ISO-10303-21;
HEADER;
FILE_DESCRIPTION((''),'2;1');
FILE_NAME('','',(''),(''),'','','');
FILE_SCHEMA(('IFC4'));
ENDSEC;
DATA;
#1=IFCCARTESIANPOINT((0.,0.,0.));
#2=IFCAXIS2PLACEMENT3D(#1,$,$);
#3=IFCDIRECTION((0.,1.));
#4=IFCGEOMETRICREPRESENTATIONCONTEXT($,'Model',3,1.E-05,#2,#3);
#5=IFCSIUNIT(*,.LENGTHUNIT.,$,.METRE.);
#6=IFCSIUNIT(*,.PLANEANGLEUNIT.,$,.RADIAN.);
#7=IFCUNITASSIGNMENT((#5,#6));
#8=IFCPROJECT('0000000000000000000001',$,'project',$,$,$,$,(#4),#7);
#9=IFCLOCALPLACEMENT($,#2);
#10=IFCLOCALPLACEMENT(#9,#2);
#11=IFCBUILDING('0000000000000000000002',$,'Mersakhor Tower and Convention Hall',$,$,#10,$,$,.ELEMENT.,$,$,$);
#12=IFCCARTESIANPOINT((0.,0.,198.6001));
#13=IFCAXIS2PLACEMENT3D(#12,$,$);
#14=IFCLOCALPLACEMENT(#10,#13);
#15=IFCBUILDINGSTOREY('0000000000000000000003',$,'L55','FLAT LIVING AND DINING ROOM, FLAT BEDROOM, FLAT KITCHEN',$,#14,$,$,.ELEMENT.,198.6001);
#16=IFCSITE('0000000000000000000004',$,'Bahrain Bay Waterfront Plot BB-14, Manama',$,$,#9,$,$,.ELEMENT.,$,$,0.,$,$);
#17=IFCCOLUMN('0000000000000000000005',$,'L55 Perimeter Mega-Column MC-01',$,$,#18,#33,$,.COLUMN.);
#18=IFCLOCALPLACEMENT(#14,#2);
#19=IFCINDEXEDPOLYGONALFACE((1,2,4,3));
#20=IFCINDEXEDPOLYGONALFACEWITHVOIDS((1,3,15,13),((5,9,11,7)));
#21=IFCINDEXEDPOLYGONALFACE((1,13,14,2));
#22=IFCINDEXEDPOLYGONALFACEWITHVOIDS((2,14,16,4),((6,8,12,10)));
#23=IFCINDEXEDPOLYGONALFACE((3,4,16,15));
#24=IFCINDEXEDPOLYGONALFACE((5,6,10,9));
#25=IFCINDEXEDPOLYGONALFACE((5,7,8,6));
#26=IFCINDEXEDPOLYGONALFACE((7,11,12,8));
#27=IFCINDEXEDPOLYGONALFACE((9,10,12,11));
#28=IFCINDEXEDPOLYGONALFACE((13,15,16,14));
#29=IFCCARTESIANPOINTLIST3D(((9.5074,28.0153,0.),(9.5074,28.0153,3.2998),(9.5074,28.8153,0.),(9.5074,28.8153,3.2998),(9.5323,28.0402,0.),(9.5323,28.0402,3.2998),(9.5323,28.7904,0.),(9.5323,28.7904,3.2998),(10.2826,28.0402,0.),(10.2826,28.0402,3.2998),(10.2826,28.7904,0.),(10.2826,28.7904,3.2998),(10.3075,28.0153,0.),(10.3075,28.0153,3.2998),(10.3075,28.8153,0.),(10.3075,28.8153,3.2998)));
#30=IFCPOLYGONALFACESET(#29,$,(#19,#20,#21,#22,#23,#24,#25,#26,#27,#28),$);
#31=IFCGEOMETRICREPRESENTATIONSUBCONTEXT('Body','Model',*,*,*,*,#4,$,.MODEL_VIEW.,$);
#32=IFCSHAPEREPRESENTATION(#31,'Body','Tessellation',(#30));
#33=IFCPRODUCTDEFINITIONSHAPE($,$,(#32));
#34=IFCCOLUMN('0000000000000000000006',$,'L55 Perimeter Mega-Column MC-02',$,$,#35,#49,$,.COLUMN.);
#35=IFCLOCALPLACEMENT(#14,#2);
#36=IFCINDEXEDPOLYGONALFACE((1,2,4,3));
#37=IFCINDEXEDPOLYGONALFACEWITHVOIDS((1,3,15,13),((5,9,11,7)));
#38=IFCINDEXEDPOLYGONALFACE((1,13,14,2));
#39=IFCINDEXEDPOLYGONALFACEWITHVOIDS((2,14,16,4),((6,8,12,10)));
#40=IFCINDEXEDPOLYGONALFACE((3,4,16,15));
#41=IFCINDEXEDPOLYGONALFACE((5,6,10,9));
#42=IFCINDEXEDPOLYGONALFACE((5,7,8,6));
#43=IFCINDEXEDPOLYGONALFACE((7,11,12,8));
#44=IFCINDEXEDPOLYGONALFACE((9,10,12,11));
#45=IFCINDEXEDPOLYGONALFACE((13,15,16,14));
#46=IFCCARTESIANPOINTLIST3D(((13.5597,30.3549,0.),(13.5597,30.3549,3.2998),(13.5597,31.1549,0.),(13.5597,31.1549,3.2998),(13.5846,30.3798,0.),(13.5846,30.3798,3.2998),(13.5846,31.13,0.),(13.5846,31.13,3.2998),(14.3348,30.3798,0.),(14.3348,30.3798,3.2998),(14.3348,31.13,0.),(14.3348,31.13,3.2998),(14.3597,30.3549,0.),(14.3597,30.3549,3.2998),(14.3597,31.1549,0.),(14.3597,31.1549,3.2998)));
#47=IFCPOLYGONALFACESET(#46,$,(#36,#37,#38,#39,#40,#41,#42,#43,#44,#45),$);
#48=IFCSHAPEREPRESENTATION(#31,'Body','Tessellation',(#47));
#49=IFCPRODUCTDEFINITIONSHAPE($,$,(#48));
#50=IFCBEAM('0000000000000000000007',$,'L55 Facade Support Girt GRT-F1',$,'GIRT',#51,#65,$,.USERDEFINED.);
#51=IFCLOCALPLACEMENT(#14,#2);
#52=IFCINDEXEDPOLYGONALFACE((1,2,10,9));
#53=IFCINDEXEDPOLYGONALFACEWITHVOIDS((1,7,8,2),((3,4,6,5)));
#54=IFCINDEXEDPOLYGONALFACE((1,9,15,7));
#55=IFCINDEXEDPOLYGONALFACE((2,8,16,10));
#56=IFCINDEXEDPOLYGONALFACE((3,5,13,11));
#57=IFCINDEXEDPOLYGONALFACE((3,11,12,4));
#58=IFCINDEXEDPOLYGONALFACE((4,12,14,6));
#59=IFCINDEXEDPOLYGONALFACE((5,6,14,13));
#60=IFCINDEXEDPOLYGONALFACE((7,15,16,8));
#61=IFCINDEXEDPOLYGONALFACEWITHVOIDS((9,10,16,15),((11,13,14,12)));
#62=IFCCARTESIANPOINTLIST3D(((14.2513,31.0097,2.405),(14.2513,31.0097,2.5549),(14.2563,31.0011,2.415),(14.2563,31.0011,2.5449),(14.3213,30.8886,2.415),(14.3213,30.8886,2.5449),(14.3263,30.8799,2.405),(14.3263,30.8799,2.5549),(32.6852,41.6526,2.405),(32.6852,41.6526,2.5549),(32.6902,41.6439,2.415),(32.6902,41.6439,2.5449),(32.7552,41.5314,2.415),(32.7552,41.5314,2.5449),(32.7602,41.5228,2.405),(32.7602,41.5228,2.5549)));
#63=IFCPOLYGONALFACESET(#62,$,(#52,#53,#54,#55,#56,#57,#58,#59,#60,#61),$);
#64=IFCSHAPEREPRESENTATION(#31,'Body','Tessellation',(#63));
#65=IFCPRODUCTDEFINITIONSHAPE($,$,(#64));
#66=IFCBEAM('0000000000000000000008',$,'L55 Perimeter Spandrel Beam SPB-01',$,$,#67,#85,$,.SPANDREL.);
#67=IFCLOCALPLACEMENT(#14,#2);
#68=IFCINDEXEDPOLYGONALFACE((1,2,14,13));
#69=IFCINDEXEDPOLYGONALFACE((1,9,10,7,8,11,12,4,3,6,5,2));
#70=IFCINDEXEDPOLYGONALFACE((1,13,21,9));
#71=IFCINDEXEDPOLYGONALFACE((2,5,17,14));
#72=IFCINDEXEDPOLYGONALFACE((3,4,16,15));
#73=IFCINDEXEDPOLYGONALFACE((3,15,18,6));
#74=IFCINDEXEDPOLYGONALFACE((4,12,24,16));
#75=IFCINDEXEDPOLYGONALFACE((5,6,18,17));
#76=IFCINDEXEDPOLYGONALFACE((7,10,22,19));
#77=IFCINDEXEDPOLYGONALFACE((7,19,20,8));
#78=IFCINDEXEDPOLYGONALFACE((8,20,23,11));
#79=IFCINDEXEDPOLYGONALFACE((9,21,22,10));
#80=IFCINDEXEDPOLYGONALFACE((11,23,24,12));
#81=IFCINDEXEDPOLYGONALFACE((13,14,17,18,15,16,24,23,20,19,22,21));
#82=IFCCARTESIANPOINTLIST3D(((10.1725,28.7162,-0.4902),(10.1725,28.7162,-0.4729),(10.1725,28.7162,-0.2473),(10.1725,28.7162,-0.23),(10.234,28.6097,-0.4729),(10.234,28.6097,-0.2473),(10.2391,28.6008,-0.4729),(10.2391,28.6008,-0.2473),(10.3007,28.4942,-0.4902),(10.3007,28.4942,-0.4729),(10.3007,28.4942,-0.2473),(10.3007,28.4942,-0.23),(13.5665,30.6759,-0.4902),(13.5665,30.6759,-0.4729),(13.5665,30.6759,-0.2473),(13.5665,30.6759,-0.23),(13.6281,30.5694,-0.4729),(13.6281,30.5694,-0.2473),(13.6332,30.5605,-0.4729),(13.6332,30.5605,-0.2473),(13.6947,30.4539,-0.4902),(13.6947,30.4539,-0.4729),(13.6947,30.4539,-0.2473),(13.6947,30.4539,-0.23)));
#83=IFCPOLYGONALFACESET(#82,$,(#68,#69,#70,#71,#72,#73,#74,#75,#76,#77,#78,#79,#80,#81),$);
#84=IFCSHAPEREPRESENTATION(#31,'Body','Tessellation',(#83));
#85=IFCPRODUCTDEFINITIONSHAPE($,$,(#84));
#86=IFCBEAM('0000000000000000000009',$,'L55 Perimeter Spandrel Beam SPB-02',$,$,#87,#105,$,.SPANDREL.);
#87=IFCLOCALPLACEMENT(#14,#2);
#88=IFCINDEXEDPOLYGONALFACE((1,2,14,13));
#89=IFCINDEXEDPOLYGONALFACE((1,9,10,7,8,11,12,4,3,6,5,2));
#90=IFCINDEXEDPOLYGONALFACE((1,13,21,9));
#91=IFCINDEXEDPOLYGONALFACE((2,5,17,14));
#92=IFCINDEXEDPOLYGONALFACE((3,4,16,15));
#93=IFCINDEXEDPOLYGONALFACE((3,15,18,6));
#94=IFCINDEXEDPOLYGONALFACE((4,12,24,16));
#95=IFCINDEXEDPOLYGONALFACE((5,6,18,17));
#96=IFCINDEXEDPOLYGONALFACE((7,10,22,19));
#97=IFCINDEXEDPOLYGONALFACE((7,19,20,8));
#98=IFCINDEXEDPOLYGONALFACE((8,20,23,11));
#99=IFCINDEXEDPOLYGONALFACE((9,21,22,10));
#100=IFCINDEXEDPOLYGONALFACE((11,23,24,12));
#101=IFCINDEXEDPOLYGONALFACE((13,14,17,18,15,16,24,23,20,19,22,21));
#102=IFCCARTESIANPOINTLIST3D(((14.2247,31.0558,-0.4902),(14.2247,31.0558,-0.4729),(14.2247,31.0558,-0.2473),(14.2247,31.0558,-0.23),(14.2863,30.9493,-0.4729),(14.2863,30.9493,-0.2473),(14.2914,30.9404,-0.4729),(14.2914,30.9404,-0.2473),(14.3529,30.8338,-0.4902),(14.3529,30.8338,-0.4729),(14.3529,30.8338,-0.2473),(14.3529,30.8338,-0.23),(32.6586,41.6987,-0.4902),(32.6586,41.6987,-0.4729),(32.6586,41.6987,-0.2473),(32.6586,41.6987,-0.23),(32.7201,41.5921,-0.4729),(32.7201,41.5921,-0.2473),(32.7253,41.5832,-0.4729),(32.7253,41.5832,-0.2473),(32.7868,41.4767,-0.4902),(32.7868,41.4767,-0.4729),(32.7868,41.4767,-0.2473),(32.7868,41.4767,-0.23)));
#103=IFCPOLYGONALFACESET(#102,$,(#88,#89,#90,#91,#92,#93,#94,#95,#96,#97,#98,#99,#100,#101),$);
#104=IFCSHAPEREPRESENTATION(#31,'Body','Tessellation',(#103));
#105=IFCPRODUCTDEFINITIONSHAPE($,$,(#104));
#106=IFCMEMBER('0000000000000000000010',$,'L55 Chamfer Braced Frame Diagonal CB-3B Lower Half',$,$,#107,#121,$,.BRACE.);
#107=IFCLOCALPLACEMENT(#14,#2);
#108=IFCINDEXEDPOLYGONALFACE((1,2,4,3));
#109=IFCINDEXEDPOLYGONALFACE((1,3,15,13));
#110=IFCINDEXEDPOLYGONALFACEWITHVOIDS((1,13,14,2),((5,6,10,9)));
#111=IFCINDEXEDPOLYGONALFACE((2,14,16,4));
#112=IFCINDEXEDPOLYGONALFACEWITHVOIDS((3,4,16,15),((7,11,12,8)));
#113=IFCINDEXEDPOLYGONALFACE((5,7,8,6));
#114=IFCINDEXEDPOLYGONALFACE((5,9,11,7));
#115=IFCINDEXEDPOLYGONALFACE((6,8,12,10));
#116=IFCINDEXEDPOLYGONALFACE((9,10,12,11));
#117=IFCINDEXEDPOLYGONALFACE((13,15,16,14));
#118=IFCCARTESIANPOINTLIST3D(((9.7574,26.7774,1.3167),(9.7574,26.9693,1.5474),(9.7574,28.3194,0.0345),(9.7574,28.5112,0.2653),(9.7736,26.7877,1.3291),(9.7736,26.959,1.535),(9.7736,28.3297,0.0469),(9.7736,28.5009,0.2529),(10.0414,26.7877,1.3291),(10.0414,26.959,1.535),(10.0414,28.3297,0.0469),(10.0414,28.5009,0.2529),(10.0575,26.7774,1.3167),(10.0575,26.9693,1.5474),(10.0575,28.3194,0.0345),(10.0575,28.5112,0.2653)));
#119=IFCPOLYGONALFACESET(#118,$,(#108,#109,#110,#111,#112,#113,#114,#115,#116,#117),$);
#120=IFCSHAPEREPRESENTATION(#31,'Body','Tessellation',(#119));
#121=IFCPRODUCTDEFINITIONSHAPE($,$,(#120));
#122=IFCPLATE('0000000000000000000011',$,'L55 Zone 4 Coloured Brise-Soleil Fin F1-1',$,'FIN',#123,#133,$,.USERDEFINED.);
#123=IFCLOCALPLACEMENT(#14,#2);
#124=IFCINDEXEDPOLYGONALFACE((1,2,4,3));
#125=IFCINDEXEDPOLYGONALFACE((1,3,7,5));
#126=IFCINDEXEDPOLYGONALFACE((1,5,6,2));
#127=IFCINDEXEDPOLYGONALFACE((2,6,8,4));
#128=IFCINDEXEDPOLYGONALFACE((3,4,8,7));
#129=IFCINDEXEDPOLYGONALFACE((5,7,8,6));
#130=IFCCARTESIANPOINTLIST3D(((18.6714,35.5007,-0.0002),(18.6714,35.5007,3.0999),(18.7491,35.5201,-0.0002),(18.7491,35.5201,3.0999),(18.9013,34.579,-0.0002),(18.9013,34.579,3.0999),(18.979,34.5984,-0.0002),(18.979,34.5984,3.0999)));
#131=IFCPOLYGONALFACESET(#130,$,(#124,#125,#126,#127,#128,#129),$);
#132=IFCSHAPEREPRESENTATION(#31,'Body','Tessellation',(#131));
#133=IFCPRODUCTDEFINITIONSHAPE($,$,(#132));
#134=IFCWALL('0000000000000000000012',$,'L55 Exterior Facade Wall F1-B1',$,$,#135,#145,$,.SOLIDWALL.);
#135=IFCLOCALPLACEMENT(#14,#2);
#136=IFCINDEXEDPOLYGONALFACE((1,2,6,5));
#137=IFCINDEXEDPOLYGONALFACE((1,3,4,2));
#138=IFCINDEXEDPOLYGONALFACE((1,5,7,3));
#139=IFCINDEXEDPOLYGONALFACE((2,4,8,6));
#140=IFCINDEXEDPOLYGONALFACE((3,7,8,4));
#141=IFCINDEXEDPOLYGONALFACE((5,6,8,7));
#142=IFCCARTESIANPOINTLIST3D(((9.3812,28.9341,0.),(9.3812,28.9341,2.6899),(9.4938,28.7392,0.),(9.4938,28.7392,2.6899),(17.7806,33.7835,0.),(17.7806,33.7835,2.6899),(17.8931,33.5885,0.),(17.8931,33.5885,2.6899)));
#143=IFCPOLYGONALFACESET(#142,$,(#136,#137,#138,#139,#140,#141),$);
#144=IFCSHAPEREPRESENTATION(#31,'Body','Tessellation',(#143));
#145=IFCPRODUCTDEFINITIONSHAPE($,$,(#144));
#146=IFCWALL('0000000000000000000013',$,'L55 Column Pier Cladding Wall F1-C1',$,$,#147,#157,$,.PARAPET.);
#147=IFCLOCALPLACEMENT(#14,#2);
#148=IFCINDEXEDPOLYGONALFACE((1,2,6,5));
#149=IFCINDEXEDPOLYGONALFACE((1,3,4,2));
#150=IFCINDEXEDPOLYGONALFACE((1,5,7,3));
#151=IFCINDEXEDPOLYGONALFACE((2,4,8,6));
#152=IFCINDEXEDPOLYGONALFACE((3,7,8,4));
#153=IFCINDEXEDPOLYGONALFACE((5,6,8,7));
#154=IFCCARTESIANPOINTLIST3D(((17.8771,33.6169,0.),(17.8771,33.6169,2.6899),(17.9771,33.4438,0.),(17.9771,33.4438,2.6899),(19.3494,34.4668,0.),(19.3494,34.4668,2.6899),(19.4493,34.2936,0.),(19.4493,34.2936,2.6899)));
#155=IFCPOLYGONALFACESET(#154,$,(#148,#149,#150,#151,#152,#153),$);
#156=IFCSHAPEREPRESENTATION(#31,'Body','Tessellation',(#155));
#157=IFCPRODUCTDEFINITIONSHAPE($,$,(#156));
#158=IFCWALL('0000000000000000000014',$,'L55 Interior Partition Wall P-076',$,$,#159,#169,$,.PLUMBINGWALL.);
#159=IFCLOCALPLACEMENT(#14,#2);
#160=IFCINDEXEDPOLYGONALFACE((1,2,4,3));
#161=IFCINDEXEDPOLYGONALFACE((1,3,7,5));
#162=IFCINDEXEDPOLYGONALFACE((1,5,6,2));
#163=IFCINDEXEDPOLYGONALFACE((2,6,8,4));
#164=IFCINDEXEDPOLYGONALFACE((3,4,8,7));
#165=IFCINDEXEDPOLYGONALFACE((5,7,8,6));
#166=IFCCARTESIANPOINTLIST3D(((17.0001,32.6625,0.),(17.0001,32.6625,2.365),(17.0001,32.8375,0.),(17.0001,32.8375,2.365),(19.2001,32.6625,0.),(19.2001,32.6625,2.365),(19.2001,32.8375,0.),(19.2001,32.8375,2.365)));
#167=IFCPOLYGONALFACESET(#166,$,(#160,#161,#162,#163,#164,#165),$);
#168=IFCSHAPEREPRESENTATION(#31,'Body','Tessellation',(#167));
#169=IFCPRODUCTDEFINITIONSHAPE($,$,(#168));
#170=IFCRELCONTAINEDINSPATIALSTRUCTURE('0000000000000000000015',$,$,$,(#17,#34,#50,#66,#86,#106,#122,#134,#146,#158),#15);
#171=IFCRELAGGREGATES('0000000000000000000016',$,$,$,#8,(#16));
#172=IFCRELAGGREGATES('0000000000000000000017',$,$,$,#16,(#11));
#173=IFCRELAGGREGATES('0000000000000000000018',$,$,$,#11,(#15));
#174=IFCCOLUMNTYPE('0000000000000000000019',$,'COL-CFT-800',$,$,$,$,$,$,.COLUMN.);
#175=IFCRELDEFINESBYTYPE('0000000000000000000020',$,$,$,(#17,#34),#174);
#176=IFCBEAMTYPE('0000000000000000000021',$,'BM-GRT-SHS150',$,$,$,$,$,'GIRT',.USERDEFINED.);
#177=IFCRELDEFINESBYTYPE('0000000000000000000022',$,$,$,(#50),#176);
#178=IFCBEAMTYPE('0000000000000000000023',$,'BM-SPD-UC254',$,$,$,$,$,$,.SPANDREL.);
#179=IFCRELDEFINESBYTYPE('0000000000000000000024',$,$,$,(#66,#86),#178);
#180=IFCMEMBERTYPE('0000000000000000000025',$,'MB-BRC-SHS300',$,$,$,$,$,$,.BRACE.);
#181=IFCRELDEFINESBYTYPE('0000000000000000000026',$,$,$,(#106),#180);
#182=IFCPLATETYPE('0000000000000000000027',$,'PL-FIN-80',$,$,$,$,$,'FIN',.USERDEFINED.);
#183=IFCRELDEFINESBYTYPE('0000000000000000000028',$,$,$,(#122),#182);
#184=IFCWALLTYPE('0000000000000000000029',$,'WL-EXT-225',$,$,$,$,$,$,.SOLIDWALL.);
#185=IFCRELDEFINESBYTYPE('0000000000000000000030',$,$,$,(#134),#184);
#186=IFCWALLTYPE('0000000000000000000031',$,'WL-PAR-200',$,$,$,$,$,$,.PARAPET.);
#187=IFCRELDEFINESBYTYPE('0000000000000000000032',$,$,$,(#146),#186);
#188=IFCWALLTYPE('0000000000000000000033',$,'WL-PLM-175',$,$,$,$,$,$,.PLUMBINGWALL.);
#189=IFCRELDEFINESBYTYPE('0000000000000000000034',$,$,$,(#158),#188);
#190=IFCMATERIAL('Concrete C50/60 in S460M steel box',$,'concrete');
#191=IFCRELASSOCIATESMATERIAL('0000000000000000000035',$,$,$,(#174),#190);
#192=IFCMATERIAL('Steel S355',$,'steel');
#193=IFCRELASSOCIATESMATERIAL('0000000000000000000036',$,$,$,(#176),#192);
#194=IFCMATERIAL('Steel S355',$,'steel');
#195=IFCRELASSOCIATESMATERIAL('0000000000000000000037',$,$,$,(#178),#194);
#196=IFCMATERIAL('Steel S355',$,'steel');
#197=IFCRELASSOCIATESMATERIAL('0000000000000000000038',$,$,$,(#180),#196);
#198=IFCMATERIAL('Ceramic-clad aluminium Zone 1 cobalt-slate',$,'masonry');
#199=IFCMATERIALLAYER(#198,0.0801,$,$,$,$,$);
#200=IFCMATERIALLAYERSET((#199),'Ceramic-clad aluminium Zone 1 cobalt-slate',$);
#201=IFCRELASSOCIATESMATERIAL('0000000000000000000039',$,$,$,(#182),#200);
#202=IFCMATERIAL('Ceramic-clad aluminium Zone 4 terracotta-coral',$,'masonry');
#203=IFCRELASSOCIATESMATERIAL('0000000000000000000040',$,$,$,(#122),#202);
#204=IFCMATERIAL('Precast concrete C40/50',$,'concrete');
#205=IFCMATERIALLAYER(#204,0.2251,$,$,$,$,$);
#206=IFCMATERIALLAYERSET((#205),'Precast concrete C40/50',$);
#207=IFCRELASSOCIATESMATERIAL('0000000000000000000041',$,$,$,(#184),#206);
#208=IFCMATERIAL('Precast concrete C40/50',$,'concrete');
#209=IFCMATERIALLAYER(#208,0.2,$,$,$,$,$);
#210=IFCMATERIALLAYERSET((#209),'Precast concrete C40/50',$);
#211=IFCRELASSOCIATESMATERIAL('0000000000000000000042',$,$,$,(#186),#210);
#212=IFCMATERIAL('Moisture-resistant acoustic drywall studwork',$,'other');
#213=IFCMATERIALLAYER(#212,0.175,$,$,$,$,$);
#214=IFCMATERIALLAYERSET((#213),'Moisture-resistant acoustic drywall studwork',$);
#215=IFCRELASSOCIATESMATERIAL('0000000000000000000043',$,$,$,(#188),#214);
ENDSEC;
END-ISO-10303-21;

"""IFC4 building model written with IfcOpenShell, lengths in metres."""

from ifc_helpers import new_model, si_unit, direction, frame, frame_2d, origin, origin_2d, place, context, subcontext, project, spatial, rectangle, hollow_rectangle, i_section, extrude, material, layer, layer_set, material_profile, profile_set, type_object, element, save


model = new_model("IFC4")

# Units and contexts
model_context = context("Model", 3, precision=1e-05, world=origin(), true_north=direction((0.0, 1.0)))
body_context = subcontext(model_context, "Body", "Model", "MODEL_VIEW")
ifc_project = project(units=[si_unit("LENGTHUNIT", "METRE"), si_unit("PLANEANGLEUNIT", "RADIAN")], contexts=[model_context])

# Site, building, storey
site_placement = place(None, origin())
site = spatial("IfcSite", under=ifc_project, at=site_placement, Name="Bahrain Bay Waterfront Plot BB-14, Manama", CompositionType="ELEMENT", RefElevation=0.0)
building_placement = place(site_placement, origin())
building = spatial("IfcBuilding", under=site, at=building_placement, Name="Mersakhor Tower and Convention Hall", CompositionType="ELEMENT")
storey_placement = place(building_placement, frame((0.0, 0.0, 198.6001)))
storey = spatial("IfcBuildingStorey", under=building, at=storey_placement, Name="L55", Description="FLAT LIVING AND DINING ROOM, FLAT BEDROOM, FLAT KITCHEN", CompositionType="ELEMENT", Elevation=198.6001)

# Columns
ifc_material_1 = material(Name="Concrete C50/60 in S460M steel box", Category="concrete")
ifc_material_profile_1 = material_profile(ifc_material_1, hollow_rectangle(XDim=0.8, YDim=0.8, WallThickness=0.0249, at=origin_2d()), Name="SHS 800x800x25")
ifc_profile_set_1 = profile_set([ifc_material_profile_1], Name="Concrete C50/60 in S460M steel box")
column_type = type_object("IfcColumnType", Name="COL-CFT-800", PredefinedType="COLUMN", material=ifc_profile_set_1)
for number, where, z_axis, x_axis, name in (
    (1, (9.9075, 28.4153, 0.0), (0.0, 0.0, 1.0), (1.0, 0.0, 0.0), "L55 Perimeter Mega-Column MC-01"),
    (2, (13.9597, 30.7549, 0.0), (0.0, 0.0, 1.0), (1.0, 0.0, 0.0), "L55 Perimeter Mega-Column MC-02"),
):
    element("IfcColumn", number, at=place(storey_placement, frame(where, z_axis=z_axis, x_axis=x_axis)), inside=storey, type_object=column_type, Name=name, PredefinedType="COLUMN", context=body_context, shape_type="SweptSolid", body=[
        extrude(hollow_rectangle(XDim=0.8, YDim=0.8, WallThickness=0.0249, at=origin_2d()), origin(), (0.0, 0.0, 1.0), 3.2998),
    ])

# Beams
ifc_material_2 = material(Name="Steel S355", Category="steel")
ifc_material_profile_2 = material_profile(ifc_material_2, hollow_rectangle(XDim=0.1499, YDim=0.1499, WallThickness=0.01, at=origin_2d()), Name="SHS 150x150x10")
ifc_profile_set_2 = profile_set([ifc_material_profile_2], Name="Steel S355")
beam_type_1 = type_object("IfcBeamType", Name="BM-GRT-SHS150", ElementType="GIRT", PredefinedType="USERDEFINED", material=ifc_profile_set_2)
beam_1_placement = place(storey_placement, frame((14.2888, 30.9448, 2.48), z_axis=(0.866025, 0.500001, 0.0), x_axis=(-0.500001, 0.866025, 0.0)))
element("IfcBeam", 3, at=beam_1_placement, inside=storey, type_object=beam_type_1, Name="L55 Facade Support Girt GRT-F1", ObjectType="GIRT", PredefinedType="USERDEFINED", context=body_context, shape_type="SweptSolid", body=[
    extrude(hollow_rectangle(XDim=0.1499, YDim=0.1499, WallThickness=0.01, at=origin_2d()), origin(), (0.0, 0.0, 1.0), 21.2856),
])
ifc_material_3 = material(Name="Steel S355", Category="steel")
ifc_material_profile_3 = material_profile(ifc_material_3, i_section(OverallWidth=0.2563, OverallDepth=0.2603, WebThickness=0.0103, FlangeThickness=0.0173, at=origin_2d()), Name="UC 254x254x89")
ifc_profile_set_3 = profile_set([ifc_material_profile_3], Name="Steel S355")
beam_type_2 = type_object("IfcBeamType", Name="BM-SPD-UC254", PredefinedType="SPANDREL", material=ifc_profile_set_3)
beam_2_placement = place(storey_placement, frame((10.2366, 28.6052, -0.3601), z_axis=(0.866007, 0.500032, 0.0), x_axis=(-0.500032, 0.866007, 0.0)))
element("IfcBeam", 4, at=beam_2_placement, inside=storey, type_object=beam_type_2, Name="L55 Perimeter Spandrel Beam SPB-01", PredefinedType="SPANDREL", context=body_context, shape_type="SweptSolid", body=[
    extrude(i_section(OverallWidth=0.2563, OverallDepth=0.2603, WebThickness=0.0103, FlangeThickness=0.0173, at=origin_2d()), origin(), (0.0, 0.0, 1.0), 3.9192),
])
beam_3_placement = place(storey_placement, frame((14.2888, 30.9448, -0.3601), z_axis=(0.866025, 0.500001, 0.0), x_axis=(-0.500001, 0.866025, 0.0)))
element("IfcBeam", 5, at=beam_3_placement, inside=storey, type_object=beam_type_2, Name="L55 Perimeter Spandrel Beam SPB-02", PredefinedType="SPANDREL", context=body_context, shape_type="SweptSolid", body=[
    extrude(i_section(OverallWidth=0.2563, OverallDepth=0.2603, WebThickness=0.0103, FlangeThickness=0.0173, at=origin_2d()), origin(), (0.0, 0.0, 1.0), 21.2856),
])

# Member
ifc_material_4 = material(Name="Steel S355", Category="steel")
ifc_material_profile_4 = material_profile(ifc_material_4, hollow_rectangle(XDim=0.3, YDim=0.3, WallThickness=0.0161, at=origin_2d()), Name="SHS 300x300x16")
ifc_profile_set_4 = profile_set([ifc_material_profile_4], Name="Steel S355")
member_type = type_object("IfcMemberType", Name="MB-BRC-SHS300", PredefinedType="BRACE", material=ifc_profile_set_4)
member_placement = place(storey_placement, frame((9.9075, 28.4153, 0.1499), z_axis=(0.0, -0.768899, 0.63937), x_axis=(1.0, 0.0, 0.0)))
element("IfcMember", 6, at=member_placement, inside=storey, type_object=member_type, Name="L55 Chamfer Braced Frame Diagonal CB-3B Lower Half", PredefinedType="BRACE", context=body_context, shape_type="SweptSolid", body=[
    extrude(hollow_rectangle(XDim=0.3, YDim=0.3, WallThickness=0.0161, at=origin_2d()), origin(), (0.0, 0.0, 1.0), 2.0054),
])

# Plate
ifc_material_5 = material(Name="Ceramic-clad aluminium Zone 4 terracotta-coral", Category="masonry")
ifc_material_6 = material(Name="Ceramic-clad aluminium Zone 1 cobalt-slate", Category="masonry")
ifc_layer_1 = layer(ifc_material_6, 0.0801)
ifc_layer_set_1 = layer_set([ifc_layer_1], Name="Ceramic-clad aluminium Zone 1 cobalt-slate")
plate_type = type_object("IfcPlateType", Name="PL-FIN-80", ElementType="FIN", PredefinedType="USERDEFINED", material=ifc_layer_set_1)
plate_placement = place(storey_placement, frame((18.8252, 35.0496, -0.0002), z_axis=(0.0, 0.0, 1.0), x_axis=(-0.241922, 0.970296, 0.0)))
element("IfcPlate", 7, at=plate_placement, inside=storey, type_object=plate_type, material=ifc_material_5, Name="L55 Zone 4 Coloured Brise-Soleil Fin F1-1", ObjectType="FIN", PredefinedType="USERDEFINED", context=body_context, shape_type="SweptSolid", body=[
    extrude(rectangle(XDim=0.95, YDim=0.0801, at=origin_2d()), origin(), (0.0, 0.0, 1.0), 3.1001),
])

# Walls
ifc_material_7 = material(Name="Precast concrete C40/50", Category="concrete")
ifc_layer_2 = layer(ifc_material_7, 0.2251)
ifc_layer_set_2 = layer_set([ifc_layer_2], Name="Precast concrete C40/50")
wall_type_1 = type_object("IfcWallType", Name="WL-EXT-225", PredefinedType="SOLIDWALL", material=ifc_layer_set_2)
wall_1_placement = place(storey_placement, frame((9.4375, 28.8367, 0.0), z_axis=(0.0, 0.0, 1.0), x_axis=(0.866027, 0.499997, 0.0)))
element("IfcWall", 8, at=wall_1_placement, inside=storey, type_object=wall_type_1, Name="L55 Exterior Facade Wall F1-B1", PredefinedType="SOLIDWALL", context=body_context, shape_type="SweptSolid", body=[
    extrude(rectangle(XDim=9.6987, YDim=0.2251, at=frame_2d((4.8494, 0.0))), origin(), (0.0, 0.0, 1.0), 2.6899),
])
ifc_material_8 = material(Name="Precast concrete C40/50", Category="concrete")
ifc_layer_3 = layer(ifc_material_8, 0.2)
ifc_layer_set_3 = layer_set([ifc_layer_3], Name="Precast concrete C40/50")
wall_type_2 = type_object("IfcWallType", Name="WL-PAR-200", PredefinedType="PARAPET", material=ifc_layer_set_3)
wall_2_placement = place(storey_placement, frame((17.927, 33.5303, 0.0), z_axis=(0.0, 0.0, 1.0), x_axis=(0.866052, 0.499955, 0.0)))
element("IfcWall", 9, at=wall_2_placement, inside=storey, type_object=wall_type_2, Name="L55 Column Pier Cladding Wall F1-C1", PredefinedType="PARAPET", context=body_context, shape_type="SweptSolid", body=[
    extrude(rectangle(XDim=1.7, YDim=0.2, at=frame_2d((0.8501, 0.0))), origin(), (0.0, 0.0, 1.0), 2.6899),
])
ifc_material_9 = material(Name="Moisture-resistant acoustic drywall studwork", Category="other")
ifc_layer_4 = layer(ifc_material_9, 0.175)
ifc_layer_set_4 = layer_set([ifc_layer_4], Name="Moisture-resistant acoustic drywall studwork")
wall_type_3 = type_object("IfcWallType", Name="WL-PLM-175", PredefinedType="PLUMBINGWALL", material=ifc_layer_set_4)
wall_3_placement = place(storey_placement, frame((17.0, 32.75, 0.0), z_axis=(0.0, 0.0, 1.0), x_axis=(1.0, 0.0, 0.0)))
element("IfcWall", 10, at=wall_3_placement, inside=storey, type_object=wall_type_3, Name="L55 Interior Partition Wall P-076", PredefinedType="PLUMBINGWALL", context=body_context, shape_type="SweptSolid", body=[
    extrude(rectangle(XDim=2.2, YDim=0.175, at=frame_2d((1.1001, 0.0))), origin(), (0.0, 0.0, 1.0), 2.365),
])

save(model, "model.ifc")
